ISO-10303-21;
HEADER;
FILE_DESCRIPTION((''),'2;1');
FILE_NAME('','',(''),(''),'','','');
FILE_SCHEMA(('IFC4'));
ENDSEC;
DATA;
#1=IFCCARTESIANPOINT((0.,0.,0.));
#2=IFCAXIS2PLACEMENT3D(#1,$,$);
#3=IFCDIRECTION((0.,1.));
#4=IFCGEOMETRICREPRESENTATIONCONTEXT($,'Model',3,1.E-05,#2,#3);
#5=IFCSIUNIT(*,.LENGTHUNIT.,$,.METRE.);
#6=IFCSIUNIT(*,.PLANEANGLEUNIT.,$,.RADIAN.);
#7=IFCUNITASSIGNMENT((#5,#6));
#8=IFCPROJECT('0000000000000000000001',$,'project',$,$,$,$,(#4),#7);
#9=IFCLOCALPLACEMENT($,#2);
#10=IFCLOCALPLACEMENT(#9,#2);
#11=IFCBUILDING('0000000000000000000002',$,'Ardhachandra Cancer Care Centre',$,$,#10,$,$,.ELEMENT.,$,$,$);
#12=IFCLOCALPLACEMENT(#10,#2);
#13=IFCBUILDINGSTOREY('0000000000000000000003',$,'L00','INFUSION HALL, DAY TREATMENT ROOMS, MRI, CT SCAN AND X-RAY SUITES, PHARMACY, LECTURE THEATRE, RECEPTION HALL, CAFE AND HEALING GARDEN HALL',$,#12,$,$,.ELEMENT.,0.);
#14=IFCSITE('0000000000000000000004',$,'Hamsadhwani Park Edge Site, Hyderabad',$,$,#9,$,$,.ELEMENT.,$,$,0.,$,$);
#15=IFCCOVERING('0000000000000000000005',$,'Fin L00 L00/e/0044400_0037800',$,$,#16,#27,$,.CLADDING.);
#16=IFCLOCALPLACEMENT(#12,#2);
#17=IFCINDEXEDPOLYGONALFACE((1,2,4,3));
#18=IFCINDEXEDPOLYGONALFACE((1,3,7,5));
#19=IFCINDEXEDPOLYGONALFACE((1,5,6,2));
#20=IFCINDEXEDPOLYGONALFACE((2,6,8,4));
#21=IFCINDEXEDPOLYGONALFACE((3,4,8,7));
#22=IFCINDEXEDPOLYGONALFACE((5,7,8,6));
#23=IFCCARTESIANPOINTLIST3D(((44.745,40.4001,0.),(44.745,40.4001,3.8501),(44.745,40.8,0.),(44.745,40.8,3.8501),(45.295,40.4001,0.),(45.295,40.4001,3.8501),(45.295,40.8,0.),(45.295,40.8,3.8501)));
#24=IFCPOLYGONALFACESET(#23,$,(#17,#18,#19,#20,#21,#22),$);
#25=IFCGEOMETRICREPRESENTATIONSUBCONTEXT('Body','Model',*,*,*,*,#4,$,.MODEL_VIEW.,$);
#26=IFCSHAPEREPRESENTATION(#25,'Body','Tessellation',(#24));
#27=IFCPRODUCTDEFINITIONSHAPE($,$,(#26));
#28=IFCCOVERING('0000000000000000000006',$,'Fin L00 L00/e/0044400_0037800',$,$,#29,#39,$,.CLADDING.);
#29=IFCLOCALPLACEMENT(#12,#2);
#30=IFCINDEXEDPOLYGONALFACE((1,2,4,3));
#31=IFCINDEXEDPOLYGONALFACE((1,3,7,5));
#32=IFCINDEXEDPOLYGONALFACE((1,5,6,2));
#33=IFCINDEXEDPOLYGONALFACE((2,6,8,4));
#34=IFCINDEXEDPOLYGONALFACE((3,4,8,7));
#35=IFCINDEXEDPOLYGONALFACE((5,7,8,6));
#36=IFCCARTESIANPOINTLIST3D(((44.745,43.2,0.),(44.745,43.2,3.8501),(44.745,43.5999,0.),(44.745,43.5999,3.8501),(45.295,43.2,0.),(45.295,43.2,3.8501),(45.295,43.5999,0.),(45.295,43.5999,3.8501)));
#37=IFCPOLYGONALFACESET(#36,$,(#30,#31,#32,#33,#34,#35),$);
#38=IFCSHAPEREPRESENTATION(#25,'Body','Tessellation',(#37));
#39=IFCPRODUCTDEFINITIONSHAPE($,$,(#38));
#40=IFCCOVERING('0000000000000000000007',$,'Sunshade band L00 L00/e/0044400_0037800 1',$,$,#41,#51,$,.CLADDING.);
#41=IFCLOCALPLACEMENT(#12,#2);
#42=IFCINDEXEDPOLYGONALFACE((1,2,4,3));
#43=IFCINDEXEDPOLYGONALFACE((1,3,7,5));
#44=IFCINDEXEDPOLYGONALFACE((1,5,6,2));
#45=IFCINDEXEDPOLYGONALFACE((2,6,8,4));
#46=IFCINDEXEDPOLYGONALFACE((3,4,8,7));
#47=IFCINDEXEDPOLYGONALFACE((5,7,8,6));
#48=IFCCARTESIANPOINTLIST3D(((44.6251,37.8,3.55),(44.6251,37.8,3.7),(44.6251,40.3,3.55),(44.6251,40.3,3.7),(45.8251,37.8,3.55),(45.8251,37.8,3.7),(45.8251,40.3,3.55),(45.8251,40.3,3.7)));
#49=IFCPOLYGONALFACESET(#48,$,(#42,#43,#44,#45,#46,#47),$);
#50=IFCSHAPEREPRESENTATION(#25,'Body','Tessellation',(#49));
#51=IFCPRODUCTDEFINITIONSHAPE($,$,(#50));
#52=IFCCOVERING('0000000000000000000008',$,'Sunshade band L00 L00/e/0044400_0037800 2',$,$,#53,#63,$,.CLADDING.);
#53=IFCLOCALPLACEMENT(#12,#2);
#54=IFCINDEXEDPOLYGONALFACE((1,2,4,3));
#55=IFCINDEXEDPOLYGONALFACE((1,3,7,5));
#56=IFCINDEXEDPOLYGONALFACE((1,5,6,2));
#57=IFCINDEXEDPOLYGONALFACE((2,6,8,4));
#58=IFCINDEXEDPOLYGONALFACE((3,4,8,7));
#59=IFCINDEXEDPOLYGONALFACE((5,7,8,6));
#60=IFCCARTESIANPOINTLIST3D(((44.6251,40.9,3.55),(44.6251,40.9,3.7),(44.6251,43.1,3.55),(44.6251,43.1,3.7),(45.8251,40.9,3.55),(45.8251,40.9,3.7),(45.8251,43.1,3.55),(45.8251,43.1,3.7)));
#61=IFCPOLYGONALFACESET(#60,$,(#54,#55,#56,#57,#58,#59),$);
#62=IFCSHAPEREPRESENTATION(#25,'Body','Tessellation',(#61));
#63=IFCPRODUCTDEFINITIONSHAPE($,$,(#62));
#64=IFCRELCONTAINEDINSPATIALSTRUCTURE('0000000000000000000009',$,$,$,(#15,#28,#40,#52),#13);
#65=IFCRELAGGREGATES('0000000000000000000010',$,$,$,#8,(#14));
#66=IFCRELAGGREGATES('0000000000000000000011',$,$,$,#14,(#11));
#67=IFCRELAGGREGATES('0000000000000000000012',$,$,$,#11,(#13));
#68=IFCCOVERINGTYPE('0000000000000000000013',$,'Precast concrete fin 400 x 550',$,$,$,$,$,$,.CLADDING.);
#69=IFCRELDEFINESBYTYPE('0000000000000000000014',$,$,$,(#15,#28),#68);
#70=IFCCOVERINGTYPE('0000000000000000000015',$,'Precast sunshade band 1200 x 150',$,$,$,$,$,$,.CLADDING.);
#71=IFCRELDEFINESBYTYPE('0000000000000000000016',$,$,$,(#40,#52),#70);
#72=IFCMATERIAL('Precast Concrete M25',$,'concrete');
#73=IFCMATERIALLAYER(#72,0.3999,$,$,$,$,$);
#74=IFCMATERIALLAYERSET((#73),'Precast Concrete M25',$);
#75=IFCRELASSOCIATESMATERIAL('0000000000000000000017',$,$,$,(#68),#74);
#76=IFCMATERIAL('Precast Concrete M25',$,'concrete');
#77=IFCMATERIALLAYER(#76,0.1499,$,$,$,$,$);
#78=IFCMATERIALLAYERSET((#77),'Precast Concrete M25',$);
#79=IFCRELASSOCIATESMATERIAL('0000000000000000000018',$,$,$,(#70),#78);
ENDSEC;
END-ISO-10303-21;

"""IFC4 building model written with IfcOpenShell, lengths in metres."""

from ifc_helpers import new_model, si_unit, direction, frame, origin, origin_2d, place, context, subcontext, project, spatial, rectangle, extrude, material, layer, layer_set, type_object, element, save


model = new_model("IFC4")

# Units and contexts
model_context = context("Model", 3, precision=1e-05, world=origin(), true_north=direction((0.0, 1.0)))
body_context = subcontext(model_context, "Body", "Model", "MODEL_VIEW")
ifc_project = project(units=[si_unit("LENGTHUNIT", "METRE"), si_unit("PLANEANGLEUNIT", "RADIAN")], contexts=[model_context])

# Site, building, storey
site_placement = place(None, origin())
site = spatial("IfcSite", under=ifc_project, at=site_placement, Name="Hamsadhwani Park Edge Site, Hyderabad", CompositionType="ELEMENT", RefElevation=0.0)
building_placement = place(site_placement, origin())
building = spatial("IfcBuilding", under=site, at=building_placement, Name="Ardhachandra Cancer Care Centre", CompositionType="ELEMENT")
storey_placement = place(building_placement, origin())
storey = spatial("IfcBuildingStorey", under=building, at=storey_placement, Name="L00", Description="INFUSION HALL, DAY TREATMENT ROOMS, MRI, CT SCAN AND X-RAY SUITES, PHARMACY, LECTURE THEATRE, RECEPTION HALL, CAFE AND HEALING GARDEN HALL", CompositionType="ELEMENT", Elevation=0.0)

# Coverings
ifc_material_1 = material(Name="Precast Concrete M25", Category="concrete")
ifc_layer_1 = layer(ifc_material_1, 0.3999)
ifc_layer_set_1 = layer_set([ifc_layer_1], Name="Precast Concrete M25")
covering_type_1 = type_object("IfcCoveringType", Name="Precast concrete fin 400 x 550", PredefinedType="CLADDING", material=ifc_layer_set_1)
for number, where, z_axis, x_axis, name in (
    (1, (45.02, 40.6001, 0.0), (0.0, 0.0, 1.0), (0.0, 1.0, 0.0), "Fin L00 L00/e/0044400_0037800"),
    (2, (45.02, 43.3999, 0.0), (0.0, 0.0, 1.0), (0.0, 1.0, 0.0), "Fin L00 L00/e/0044400_0037800"),
):
    element("IfcCovering", number, at=place(storey_placement, frame(where, z_axis=z_axis, x_axis=x_axis)), inside=storey, type_object=covering_type_1, Name=name, PredefinedType="CLADDING", context=body_context, shape_type="SweptSolid", body=[
        extrude(rectangle(XDim=0.3999, YDim=0.55, at=origin_2d()), origin(), (0.0, 0.0, 1.0), 3.8501),
    ])
ifc_material_2 = material(Name="Precast Concrete M25", Category="concrete")
ifc_layer_2 = layer(ifc_material_2, 0.1499)
ifc_layer_set_2 = layer_set([ifc_layer_2], Name="Precast Concrete M25")
covering_type_2 = type_object("IfcCoveringType", Name="Precast sunshade band 1200 x 150", PredefinedType="CLADDING", material=ifc_layer_set_2)
covering_1_placement = place(storey_placement, frame((45.2251, 39.05, 3.55), z_axis=(0.0, 0.0, 1.0), x_axis=(0.0, 1.0, 0.0)))
element("IfcCovering", 3, at=covering_1_placement, inside=storey, type_object=covering_type_2, Name="Sunshade band L00 L00/e/0044400_0037800 1", PredefinedType="CLADDING", context=body_context, shape_type="SweptSolid", body=[
    extrude(rectangle(XDim=2.5, YDim=1.2, at=origin_2d()), origin(), (0.0, 0.0, 1.0), 0.1499),
])
covering_2_placement = place(storey_placement, frame((45.2251, 42.0, 3.55), z_axis=(0.0, 0.0, 1.0), x_axis=(0.0, 1.0, 0.0)))
element("IfcCovering", 4, at=covering_2_placement, inside=storey, type_object=covering_type_2, Name="Sunshade band L00 L00/e/0044400_0037800 2", PredefinedType="CLADDING", context=body_context, shape_type="SweptSolid", body=[
    extrude(rectangle(XDim=2.2, YDim=1.2, at=origin_2d()), origin(), (0.0, 0.0, 1.0), 0.1499),
])

save(model, "model.ifc")
